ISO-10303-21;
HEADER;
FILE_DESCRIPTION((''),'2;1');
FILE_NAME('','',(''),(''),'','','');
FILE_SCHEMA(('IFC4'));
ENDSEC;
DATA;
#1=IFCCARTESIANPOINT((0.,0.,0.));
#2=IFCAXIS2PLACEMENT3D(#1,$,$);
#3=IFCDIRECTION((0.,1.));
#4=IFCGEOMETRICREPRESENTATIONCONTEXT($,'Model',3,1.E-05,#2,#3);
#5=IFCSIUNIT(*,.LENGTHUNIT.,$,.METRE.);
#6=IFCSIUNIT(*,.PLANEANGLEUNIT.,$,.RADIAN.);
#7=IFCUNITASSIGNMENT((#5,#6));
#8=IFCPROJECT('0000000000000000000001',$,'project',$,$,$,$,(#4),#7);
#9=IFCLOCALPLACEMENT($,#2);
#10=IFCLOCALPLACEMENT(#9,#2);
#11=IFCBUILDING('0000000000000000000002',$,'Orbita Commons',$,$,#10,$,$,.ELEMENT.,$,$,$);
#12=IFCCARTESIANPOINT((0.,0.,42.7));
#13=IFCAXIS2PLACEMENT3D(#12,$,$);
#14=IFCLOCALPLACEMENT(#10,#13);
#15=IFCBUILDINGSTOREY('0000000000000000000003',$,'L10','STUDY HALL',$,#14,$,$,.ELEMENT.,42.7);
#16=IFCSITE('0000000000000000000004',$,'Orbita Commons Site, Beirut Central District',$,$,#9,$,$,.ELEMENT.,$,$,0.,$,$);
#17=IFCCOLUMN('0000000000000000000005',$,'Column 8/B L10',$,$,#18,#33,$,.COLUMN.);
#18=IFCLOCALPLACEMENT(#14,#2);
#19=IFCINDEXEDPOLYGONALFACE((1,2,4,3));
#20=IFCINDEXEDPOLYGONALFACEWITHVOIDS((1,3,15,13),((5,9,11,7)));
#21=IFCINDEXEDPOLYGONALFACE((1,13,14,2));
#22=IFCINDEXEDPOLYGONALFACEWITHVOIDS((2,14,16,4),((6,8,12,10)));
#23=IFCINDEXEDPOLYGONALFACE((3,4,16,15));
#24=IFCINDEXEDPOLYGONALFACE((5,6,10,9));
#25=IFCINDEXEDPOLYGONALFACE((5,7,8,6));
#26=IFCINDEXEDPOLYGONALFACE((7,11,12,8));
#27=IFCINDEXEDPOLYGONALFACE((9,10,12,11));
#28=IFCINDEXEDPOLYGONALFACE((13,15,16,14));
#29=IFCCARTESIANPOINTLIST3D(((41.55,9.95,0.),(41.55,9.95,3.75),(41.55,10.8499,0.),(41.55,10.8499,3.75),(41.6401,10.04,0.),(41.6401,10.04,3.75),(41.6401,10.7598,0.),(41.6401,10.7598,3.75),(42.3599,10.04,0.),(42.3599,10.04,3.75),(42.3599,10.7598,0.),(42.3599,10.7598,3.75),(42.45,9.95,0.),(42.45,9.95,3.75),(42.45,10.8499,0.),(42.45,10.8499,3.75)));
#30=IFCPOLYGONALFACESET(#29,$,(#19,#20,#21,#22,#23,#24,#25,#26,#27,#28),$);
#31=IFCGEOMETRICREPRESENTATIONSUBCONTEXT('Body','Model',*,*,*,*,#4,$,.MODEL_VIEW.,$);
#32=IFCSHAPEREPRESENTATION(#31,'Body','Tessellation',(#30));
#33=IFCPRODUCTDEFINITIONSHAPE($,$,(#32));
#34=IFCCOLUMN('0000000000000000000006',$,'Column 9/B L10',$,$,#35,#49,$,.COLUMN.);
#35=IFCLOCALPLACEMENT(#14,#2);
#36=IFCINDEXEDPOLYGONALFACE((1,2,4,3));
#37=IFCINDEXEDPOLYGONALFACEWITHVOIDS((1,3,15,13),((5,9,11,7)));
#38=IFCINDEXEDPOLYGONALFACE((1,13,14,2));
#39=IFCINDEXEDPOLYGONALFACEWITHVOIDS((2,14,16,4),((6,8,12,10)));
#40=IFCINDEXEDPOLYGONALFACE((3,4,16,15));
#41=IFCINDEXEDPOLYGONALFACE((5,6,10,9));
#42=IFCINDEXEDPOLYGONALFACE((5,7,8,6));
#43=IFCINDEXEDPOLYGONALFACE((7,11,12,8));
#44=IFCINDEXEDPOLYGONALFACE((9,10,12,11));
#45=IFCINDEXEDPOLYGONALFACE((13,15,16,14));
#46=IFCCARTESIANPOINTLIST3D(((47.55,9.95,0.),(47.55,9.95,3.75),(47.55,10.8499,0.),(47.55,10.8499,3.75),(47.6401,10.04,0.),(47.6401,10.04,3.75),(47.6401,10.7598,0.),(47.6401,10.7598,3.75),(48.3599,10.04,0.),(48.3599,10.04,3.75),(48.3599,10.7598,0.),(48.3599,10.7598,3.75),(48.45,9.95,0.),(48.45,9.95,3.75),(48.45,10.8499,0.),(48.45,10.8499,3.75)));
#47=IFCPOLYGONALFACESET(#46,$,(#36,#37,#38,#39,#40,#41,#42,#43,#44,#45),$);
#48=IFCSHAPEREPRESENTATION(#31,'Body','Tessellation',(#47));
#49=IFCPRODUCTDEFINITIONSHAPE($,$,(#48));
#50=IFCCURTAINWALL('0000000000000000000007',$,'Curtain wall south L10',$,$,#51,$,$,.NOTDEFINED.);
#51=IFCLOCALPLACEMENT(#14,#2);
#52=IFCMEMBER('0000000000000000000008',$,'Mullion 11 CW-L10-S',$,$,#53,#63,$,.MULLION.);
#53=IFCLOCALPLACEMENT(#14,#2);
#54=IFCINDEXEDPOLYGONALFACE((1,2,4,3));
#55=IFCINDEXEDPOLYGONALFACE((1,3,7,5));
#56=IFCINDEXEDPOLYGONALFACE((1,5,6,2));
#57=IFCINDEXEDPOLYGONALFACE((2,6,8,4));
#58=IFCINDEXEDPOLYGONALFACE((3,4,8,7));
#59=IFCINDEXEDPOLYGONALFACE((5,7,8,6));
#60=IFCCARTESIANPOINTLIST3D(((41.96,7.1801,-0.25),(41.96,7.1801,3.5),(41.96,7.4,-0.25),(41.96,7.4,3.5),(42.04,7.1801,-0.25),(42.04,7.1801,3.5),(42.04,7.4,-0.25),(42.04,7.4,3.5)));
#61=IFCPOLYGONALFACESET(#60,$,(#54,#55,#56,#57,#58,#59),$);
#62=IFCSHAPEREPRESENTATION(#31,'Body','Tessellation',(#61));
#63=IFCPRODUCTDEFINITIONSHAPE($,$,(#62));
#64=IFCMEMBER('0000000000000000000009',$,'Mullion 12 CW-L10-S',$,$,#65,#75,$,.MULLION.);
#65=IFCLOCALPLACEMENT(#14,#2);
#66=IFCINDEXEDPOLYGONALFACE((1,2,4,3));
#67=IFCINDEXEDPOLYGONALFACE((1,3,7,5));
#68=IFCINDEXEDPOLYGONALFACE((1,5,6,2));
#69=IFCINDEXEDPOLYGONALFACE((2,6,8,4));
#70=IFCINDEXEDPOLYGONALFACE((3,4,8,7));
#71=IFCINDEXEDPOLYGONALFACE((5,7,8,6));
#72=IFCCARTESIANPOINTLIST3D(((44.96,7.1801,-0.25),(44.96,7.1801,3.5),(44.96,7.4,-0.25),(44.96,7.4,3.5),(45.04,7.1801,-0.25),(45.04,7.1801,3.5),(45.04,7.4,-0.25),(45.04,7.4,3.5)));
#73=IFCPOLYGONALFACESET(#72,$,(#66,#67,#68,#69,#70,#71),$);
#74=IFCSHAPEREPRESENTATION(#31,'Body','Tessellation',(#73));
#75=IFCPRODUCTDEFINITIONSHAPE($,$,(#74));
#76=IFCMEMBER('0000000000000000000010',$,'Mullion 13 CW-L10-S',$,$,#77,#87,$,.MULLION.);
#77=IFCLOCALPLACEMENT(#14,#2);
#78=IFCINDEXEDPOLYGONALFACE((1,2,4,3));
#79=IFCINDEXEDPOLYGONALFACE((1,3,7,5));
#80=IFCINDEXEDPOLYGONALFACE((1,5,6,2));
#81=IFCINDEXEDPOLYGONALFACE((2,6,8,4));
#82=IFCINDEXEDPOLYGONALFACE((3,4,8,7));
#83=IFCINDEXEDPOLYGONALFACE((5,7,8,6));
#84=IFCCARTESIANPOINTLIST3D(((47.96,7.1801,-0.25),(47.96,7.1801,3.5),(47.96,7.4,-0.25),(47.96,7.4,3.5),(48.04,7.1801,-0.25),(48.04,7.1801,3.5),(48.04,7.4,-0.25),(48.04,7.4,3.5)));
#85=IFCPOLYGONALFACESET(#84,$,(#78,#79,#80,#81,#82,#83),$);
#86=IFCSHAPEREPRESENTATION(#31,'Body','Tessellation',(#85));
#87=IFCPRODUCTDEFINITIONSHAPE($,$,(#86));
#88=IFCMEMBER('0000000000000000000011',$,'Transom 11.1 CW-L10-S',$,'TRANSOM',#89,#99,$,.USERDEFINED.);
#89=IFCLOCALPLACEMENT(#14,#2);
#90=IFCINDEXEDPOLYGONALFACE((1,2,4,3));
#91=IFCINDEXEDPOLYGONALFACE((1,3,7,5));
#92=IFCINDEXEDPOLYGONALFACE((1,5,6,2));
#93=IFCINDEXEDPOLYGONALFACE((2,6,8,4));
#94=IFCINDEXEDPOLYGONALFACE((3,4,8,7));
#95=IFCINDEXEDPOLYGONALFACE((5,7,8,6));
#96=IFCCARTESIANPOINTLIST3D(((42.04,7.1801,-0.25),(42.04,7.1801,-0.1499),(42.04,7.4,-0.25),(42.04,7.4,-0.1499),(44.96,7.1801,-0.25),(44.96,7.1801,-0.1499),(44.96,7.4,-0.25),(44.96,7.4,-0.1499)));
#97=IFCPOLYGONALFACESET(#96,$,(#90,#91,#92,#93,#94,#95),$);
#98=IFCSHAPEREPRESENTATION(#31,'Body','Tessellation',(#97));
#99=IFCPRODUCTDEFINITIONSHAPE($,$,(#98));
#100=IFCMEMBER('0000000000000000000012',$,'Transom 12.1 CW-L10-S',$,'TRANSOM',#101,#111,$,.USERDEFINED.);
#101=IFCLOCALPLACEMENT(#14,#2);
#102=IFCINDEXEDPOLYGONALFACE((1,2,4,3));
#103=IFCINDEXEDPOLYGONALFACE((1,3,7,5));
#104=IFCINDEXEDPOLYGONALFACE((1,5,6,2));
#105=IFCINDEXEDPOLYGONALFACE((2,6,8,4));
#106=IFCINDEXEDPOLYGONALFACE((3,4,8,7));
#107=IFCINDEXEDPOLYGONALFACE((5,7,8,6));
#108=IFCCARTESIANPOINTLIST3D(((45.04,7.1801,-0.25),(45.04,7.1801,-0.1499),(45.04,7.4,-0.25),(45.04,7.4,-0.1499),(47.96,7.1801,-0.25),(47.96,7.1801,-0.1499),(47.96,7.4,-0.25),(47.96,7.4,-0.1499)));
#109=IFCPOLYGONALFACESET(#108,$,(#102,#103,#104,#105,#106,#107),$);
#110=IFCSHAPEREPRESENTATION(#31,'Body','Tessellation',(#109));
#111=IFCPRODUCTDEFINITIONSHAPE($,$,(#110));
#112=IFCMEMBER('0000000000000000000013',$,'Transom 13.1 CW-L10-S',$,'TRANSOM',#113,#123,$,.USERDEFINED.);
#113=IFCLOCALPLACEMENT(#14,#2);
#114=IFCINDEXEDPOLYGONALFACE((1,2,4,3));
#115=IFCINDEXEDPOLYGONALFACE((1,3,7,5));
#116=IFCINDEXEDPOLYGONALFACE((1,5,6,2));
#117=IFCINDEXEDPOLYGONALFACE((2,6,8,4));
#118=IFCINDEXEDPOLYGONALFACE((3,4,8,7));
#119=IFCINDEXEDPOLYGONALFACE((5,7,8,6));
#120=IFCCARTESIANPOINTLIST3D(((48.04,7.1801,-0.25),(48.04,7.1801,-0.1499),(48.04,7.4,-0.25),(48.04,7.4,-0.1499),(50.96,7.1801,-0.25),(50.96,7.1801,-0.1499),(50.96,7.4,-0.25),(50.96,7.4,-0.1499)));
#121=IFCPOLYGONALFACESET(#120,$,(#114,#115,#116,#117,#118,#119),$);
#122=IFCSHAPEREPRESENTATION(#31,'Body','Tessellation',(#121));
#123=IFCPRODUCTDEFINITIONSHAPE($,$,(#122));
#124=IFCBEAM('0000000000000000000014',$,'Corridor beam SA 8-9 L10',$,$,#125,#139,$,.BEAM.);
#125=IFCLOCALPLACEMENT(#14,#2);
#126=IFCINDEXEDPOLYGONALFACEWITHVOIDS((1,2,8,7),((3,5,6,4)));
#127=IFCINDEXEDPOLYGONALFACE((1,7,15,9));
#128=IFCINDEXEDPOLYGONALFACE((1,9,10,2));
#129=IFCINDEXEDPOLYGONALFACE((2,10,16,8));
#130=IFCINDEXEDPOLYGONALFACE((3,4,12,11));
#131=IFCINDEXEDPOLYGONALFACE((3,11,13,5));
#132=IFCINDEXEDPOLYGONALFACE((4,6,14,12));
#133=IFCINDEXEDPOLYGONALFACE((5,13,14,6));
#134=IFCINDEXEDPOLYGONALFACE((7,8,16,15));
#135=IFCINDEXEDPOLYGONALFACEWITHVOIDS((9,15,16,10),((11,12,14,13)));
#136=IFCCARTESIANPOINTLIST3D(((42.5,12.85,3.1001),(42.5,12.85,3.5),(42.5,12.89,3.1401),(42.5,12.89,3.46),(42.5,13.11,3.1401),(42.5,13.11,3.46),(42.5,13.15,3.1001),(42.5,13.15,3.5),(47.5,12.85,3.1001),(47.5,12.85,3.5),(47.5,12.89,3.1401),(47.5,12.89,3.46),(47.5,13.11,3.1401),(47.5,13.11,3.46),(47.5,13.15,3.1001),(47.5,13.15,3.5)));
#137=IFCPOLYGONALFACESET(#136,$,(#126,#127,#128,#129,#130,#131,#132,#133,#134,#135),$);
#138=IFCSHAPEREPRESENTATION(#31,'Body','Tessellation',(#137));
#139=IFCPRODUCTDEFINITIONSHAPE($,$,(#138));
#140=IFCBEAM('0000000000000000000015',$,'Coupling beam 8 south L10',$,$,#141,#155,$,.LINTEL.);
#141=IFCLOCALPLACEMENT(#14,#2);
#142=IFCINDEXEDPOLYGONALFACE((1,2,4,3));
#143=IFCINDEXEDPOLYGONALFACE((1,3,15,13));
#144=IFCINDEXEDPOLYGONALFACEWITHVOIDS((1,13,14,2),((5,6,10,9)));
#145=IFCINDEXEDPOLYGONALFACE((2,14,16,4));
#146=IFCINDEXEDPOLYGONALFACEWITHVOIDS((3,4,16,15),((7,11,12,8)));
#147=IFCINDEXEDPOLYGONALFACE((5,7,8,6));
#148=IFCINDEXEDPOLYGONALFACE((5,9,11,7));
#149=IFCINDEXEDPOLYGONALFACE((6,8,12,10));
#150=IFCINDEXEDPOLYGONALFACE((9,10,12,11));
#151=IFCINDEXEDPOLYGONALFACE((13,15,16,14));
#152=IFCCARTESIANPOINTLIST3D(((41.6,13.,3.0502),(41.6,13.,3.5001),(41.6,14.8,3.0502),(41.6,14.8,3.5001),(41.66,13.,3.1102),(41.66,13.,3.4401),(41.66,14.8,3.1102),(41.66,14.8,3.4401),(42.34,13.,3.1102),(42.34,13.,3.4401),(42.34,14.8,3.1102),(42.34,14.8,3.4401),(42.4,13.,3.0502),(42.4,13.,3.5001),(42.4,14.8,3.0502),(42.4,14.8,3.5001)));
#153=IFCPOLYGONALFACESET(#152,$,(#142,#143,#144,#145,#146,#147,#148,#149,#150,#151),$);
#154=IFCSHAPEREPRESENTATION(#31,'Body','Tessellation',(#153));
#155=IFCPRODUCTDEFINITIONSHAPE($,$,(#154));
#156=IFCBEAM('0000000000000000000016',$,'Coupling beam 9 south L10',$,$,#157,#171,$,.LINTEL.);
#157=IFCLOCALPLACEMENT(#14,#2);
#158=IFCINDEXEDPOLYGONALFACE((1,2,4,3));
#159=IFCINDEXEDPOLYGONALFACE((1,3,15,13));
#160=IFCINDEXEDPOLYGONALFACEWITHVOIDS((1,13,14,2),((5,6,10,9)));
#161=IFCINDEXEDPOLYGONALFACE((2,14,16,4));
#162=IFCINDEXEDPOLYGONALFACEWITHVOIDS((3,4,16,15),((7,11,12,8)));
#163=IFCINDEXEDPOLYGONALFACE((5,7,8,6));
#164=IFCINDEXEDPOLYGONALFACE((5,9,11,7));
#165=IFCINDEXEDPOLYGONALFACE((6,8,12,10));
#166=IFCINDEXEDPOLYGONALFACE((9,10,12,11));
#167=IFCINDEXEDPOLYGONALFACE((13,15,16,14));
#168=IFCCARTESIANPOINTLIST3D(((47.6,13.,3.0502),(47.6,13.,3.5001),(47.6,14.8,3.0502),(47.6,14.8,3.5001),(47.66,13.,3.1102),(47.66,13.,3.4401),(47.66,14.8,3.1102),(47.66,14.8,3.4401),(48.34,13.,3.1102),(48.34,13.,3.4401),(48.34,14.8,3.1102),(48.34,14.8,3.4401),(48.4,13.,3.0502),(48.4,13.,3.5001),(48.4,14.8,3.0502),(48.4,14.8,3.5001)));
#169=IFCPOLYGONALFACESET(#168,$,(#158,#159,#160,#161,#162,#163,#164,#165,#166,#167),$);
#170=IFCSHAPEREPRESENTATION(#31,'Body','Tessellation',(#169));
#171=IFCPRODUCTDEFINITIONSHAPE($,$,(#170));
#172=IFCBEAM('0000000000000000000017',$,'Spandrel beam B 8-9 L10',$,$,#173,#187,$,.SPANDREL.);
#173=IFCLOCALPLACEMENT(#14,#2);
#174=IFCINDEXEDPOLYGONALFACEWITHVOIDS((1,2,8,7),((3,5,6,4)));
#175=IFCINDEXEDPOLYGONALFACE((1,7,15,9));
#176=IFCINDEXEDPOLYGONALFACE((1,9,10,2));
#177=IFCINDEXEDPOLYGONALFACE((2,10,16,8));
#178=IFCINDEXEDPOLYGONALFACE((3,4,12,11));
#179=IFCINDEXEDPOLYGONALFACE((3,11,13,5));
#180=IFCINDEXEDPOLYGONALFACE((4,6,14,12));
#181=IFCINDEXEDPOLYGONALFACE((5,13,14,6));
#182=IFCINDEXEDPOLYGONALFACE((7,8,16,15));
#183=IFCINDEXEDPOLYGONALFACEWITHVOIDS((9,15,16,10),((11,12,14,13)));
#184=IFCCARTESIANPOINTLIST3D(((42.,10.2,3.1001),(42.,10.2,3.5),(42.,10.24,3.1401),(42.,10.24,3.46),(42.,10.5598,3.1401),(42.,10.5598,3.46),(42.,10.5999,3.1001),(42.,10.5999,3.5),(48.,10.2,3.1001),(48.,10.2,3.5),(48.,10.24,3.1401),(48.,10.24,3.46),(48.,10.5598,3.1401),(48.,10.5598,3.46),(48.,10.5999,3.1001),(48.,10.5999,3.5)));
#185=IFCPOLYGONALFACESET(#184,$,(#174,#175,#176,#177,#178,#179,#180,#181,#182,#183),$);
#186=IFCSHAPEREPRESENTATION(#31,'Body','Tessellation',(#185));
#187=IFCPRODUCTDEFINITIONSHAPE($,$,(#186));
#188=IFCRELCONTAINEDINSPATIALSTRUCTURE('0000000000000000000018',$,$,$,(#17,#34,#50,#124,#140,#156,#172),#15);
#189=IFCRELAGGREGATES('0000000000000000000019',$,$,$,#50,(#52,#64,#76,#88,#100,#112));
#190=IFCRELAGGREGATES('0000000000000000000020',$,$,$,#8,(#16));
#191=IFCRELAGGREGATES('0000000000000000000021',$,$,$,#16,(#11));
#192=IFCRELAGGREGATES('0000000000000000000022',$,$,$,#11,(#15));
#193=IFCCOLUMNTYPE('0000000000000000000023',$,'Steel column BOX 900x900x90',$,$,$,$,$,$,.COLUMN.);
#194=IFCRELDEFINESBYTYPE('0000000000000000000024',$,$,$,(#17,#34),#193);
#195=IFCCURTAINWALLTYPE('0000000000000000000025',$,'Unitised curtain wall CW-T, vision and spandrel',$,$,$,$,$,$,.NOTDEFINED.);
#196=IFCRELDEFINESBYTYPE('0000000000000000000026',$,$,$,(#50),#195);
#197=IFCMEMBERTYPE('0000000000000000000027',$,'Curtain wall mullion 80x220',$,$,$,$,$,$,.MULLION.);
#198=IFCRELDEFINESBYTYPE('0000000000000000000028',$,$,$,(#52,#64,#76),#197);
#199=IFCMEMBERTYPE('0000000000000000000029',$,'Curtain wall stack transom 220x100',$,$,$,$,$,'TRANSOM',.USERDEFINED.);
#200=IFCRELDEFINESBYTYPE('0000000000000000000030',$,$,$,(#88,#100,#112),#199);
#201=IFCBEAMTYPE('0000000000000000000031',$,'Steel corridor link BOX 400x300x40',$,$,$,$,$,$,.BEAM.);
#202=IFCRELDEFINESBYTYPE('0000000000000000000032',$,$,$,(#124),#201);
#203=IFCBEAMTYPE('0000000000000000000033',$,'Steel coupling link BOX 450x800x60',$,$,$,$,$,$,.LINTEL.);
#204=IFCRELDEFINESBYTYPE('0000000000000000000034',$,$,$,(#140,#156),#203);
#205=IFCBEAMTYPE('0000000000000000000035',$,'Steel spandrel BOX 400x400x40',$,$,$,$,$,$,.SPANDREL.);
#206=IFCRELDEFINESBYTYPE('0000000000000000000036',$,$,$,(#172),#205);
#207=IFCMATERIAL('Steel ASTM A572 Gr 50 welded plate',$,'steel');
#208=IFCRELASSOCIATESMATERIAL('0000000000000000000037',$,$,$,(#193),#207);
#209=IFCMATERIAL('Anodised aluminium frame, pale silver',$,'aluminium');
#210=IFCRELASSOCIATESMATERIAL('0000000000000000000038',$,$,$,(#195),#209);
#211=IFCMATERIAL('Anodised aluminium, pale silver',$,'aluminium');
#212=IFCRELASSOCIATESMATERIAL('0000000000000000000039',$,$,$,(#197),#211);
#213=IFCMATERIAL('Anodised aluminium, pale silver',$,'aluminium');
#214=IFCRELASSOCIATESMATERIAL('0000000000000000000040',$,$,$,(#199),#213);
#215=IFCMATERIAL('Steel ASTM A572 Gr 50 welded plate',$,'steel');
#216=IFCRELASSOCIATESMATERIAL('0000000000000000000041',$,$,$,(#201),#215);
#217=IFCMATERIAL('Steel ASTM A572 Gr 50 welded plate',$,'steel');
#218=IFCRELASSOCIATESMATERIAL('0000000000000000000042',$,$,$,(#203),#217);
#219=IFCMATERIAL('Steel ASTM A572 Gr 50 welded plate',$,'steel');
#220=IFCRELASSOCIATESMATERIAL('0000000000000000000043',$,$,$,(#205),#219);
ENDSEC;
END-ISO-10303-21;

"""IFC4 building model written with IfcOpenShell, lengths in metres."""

from ifc_helpers import new_model, si_unit, direction, frame, origin, origin_2d, place, context, subcontext, project, spatial, rectangle, hollow_rectangle, extrude, material, material_profile, profile_set, type_object, element, aggregate, save


model = new_model("IFC4")

# Units and contexts
model_context = context("Model", 3, precision=1e-05, world=origin(), true_north=direction((0.0, 1.0)))
body_context = subcontext(model_context, "Body", "Model", "MODEL_VIEW")
ifc_project = project(units=[si_unit("LENGTHUNIT", "METRE"), si_unit("PLANEANGLEUNIT", "RADIAN")], contexts=[model_context])

# Site, building, storey
site_placement = place(None, origin())
site = spatial("IfcSite", under=ifc_project, at=site_placement, Name="Orbita Commons Site, Beirut Central District", CompositionType="ELEMENT", RefElevation=0.0)
building_placement = place(site_placement, origin())
building = spatial("IfcBuilding", under=site, at=building_placement, Name="Orbita Commons", CompositionType="ELEMENT")
storey_placement = place(building_placement, frame((0.0, 0.0, 42.7)))
storey = spatial("IfcBuildingStorey", under=building, at=storey_placement, Name="L10", Description="STUDY HALL", CompositionType="ELEMENT", Elevation=42.7)

# Columns
ifc_material_1 = material(Name="Steel ASTM A572 Gr 50 welded plate", Category="steel")
ifc_material_profile_1 = material_profile(ifc_material_1, hollow_rectangle(XDim=0.8999, YDim=0.8999, WallThickness=0.0901, at=origin_2d()), Name="BOX 900x900x90")
ifc_profile_set_1 = profile_set([ifc_material_profile_1], Name="Steel ASTM A572 Gr 50 welded plate")
column_type = type_object("IfcColumnType", Name="Steel column BOX 900x900x90", PredefinedType="COLUMN", material=ifc_profile_set_1)
for number, where, z_axis, x_axis, name in (
    (1, (42.0, 10.3999, 0.0), (0.0, 0.0, 1.0), (1.0, 0.0, 0.0), "Column 8/B L10"),
    (2, (48.0, 10.3999, 0.0), (0.0, 0.0, 1.0), (1.0, 0.0, 0.0), "Column 9/B L10"),
):
    element("IfcColumn", number, at=place(storey_placement, frame(where, z_axis=z_axis, x_axis=x_axis)), inside=storey, type_object=column_type, Name=name, PredefinedType="COLUMN", context=body_context, shape_type="SweptSolid", body=[
        extrude(hollow_rectangle(XDim=0.8999, YDim=0.8999, WallThickness=0.0901, at=origin_2d()), origin(), (0.0, 0.0, 1.0), 3.75),
    ])

# Curtain wall, members
ifc_material_2 = material(Name="Anodised aluminium frame, pale silver", Category="aluminium")
curtain_wall_type = type_object("IfcCurtainWallType", Name="Unitised curtain wall CW-T, vision and spandrel", PredefinedType="NOTDEFINED", material=ifc_material_2)
curtain_wall_placement = place(storey_placement, origin())
curtain_wall = element("IfcCurtainWall", 3, at=curtain_wall_placement, inside=storey, type_object=curtain_wall_type, Name="Curtain wall south L10", PredefinedType="NOTDEFINED")
ifc_material_3 = material(Name="Anodised aluminium, pale silver", Category="aluminium")
ifc_material_profile_2 = material_profile(ifc_material_3, rectangle(XDim=0.0801, YDim=0.22, at=origin_2d()), Name="AL 80x220")
ifc_profile_set_2 = profile_set([ifc_material_profile_2], Name="Anodised aluminium, pale silver")
member_type_1 = type_object("IfcMemberType", Name="Curtain wall mullion 80x220", PredefinedType="MULLION", material=ifc_profile_set_2)
member_1_placement = place(storey_placement, frame((42.0, 7.29, -0.25), z_axis=(0.0, 0.0, 1.0), x_axis=(1.0, 0.0, 0.0)))
member_1 = element("IfcMember", 4, at=member_1_placement, type_object=member_type_1, Name="Mullion 11 CW-L10-S", PredefinedType="MULLION", context=body_context, shape_type="SweptSolid", body=[
    extrude(rectangle(XDim=0.0801, YDim=0.22, at=origin_2d()), origin(), (0.0, 0.0, 1.0), 3.75),
])
member_2_placement = place(storey_placement, frame((45.0, 7.29, -0.25), z_axis=(0.0, 0.0, 1.0), x_axis=(1.0, 0.0, 0.0)))
member_2 = element("IfcMember", 5, at=member_2_placement, type_object=member_type_1, Name="Mullion 12 CW-L10-S", PredefinedType="MULLION", context=body_context, shape_type="SweptSolid", body=[
    extrude(rectangle(XDim=0.0801, YDim=0.22, at=origin_2d()), origin(), (0.0, 0.0, 1.0), 3.75),
])
member_3_placement = place(storey_placement, frame((48.0, 7.29, -0.25), z_axis=(0.0, 0.0, 1.0), x_axis=(1.0, 0.0, 0.0)))
member_3 = element("IfcMember", 6, at=member_3_placement, type_object=member_type_1, Name="Mullion 13 CW-L10-S", PredefinedType="MULLION", context=body_context, shape_type="SweptSolid", body=[
    extrude(rectangle(XDim=0.0801, YDim=0.22, at=origin_2d()), origin(), (0.0, 0.0, 1.0), 3.75),
])
ifc_material_4 = material(Name="Anodised aluminium, pale silver", Category="aluminium")
ifc_material_profile_3 = material_profile(ifc_material_4, rectangle(XDim=0.22, YDim=0.1001, at=origin_2d()), Name="AL 220x100")
ifc_profile_set_3 = profile_set([ifc_material_profile_3], Name="Anodised aluminium, pale silver")
member_type_2 = type_object("IfcMemberType", Name="Curtain wall stack transom 220x100", ElementType="TRANSOM", PredefinedType="USERDEFINED", material=ifc_profile_set_3)
member_4_placement = place(storey_placement, frame((42.04, 7.29, -0.2), z_axis=(1.0, 0.0, 0.0), x_axis=(0.0, 1.0, 0.0)))
member_4 = element("IfcMember", 7, at=member_4_placement, type_object=member_type_2, Name="Transom 11.1 CW-L10-S", ObjectType="TRANSOM", PredefinedType="USERDEFINED", context=body_context, shape_type="SweptSolid", body=[
    extrude(rectangle(XDim=0.22, YDim=0.1001, at=origin_2d()), origin(), (0.0, 0.0, 1.0), 2.9199),
])
member_5_placement = place(storey_placement, frame((45.04, 7.29, -0.2), z_axis=(1.0, 0.0, 0.0), x_axis=(0.0, 1.0, 0.0)))
member_5 = element("IfcMember", 8, at=member_5_placement, type_object=member_type_2, Name="Transom 12.1 CW-L10-S", ObjectType="TRANSOM", PredefinedType="USERDEFINED", context=body_context, shape_type="SweptSolid", body=[
    extrude(rectangle(XDim=0.22, YDim=0.1001, at=origin_2d()), origin(), (0.0, 0.0, 1.0), 2.9199),
])
member_6_placement = place(storey_placement, frame((48.04, 7.29, -0.2), z_axis=(1.0, 0.0, 0.0), x_axis=(0.0, 1.0, 0.0)))
member_6 = element("IfcMember", 9, at=member_6_placement, type_object=member_type_2, Name="Transom 13.1 CW-L10-S", ObjectType="TRANSOM", PredefinedType="USERDEFINED", context=body_context, shape_type="SweptSolid", body=[
    extrude(rectangle(XDim=0.22, YDim=0.1001, at=origin_2d()), origin(), (0.0, 0.0, 1.0), 2.9199),
])

# Beams
ifc_material_5 = material(Name="Steel ASTM A572 Gr 50 welded plate", Category="steel")
ifc_material_profile_4 = material_profile(ifc_material_5, hollow_rectangle(XDim=0.3, YDim=0.3999, WallThickness=0.04, at=origin_2d()), Name="BOX 400x300x40")
ifc_profile_set_4 = profile_set([ifc_material_profile_4], Name="Steel ASTM A572 Gr 50 welded plate")
beam_type_1 = type_object("IfcBeamType", Name="Steel corridor link BOX 400x300x40", PredefinedType="BEAM", material=ifc_profile_set_4)
beam_placement = place(storey_placement, frame((42.5, 13.0, 3.3), z_axis=(1.0, 0.0, 0.0), x_axis=(0.0, 1.0, 0.0)))
element("IfcBeam", 10, at=beam_placement, inside=storey, type_object=beam_type_1, Name="Corridor beam SA 8-9 L10", PredefinedType="BEAM", context=body_context, shape_type="SweptSolid", body=[
    extrude(hollow_rectangle(XDim=0.3, YDim=0.3999, WallThickness=0.04, at=origin_2d()), origin(), (0.0, 0.0, 1.0), 5.0),
])
ifc_material_6 = material(Name="Steel ASTM A572 Gr 50 welded plate", Category="steel")
ifc_material_profile_5 = material_profile(ifc_material_6, hollow_rectangle(XDim=0.8, YDim=0.45, WallThickness=0.0601, at=origin_2d()), Name="BOX 450x800x60")
ifc_profile_set_5 = profile_set([ifc_material_profile_5], Name="Steel ASTM A572 Gr 50 welded plate")
beam_type_2 = type_object("IfcBeamType", Name="Steel coupling link BOX 450x800x60", PredefinedType="LINTEL", material=ifc_profile_set_5)
for number, where, z_axis, x_axis, name in (
    (11, (42.0, 13.0, 3.2751), (0.0, 1.0, 0.0), (-1.0, 0.0, 0.0), "Coupling beam 8 south L10"),
    (12, (48.0, 13.0, 3.2751), (0.0, 1.0, 0.0), (-1.0, 0.0, 0.0), "Coupling beam 9 south L10"),
):
    element("IfcBeam", number, at=place(storey_placement, frame(where, z_axis=z_axis, x_axis=x_axis)), inside=storey, type_object=beam_type_2, Name=name, PredefinedType="LINTEL", context=body_context, shape_type="SweptSolid", body=[
        extrude(hollow_rectangle(XDim=0.8, YDim=0.45, WallThickness=0.0601, at=origin_2d()), origin(), (0.0, 0.0, 1.0), 1.8),
    ])
ifc_material_7 = material(Name="Steel ASTM A572 Gr 50 welded plate", Category="steel")
ifc_material_profile_6 = material_profile(ifc_material_7, hollow_rectangle(XDim=0.3999, YDim=0.3999, WallThickness=0.04, at=origin_2d()), Name="BOX 400x400x40")
ifc_profile_set_6 = profile_set([ifc_material_profile_6], Name="Steel ASTM A572 Gr 50 welded plate")
beam_type_3 = type_object("IfcBeamType", Name="Steel spandrel BOX 400x400x40", PredefinedType="SPANDREL", material=ifc_profile_set_6)
for number, where, z_axis, x_axis, name in (
    (13, (42.0, 10.3999, 3.3), (1.0, 0.0, 0.0), (0.0, 1.0, 0.0), "Spandrel beam B 8-9 L10"),
):
    element("IfcBeam", number, at=place(storey_placement, frame(where, z_axis=z_axis, x_axis=x_axis)), inside=storey, type_object=beam_type_3, Name=name, PredefinedType="SPANDREL", context=body_context, shape_type="SweptSolid", body=[
        extrude(hollow_rectangle(XDim=0.3999, YDim=0.3999, WallThickness=0.04, at=origin_2d()), origin(), (0.0, 0.0, 1.0), 6.0),
    ])

aggregate(curtain_wall, [member_1, member_2, member_3, member_4, member_5, member_6])

save(model, "model.ifc")
